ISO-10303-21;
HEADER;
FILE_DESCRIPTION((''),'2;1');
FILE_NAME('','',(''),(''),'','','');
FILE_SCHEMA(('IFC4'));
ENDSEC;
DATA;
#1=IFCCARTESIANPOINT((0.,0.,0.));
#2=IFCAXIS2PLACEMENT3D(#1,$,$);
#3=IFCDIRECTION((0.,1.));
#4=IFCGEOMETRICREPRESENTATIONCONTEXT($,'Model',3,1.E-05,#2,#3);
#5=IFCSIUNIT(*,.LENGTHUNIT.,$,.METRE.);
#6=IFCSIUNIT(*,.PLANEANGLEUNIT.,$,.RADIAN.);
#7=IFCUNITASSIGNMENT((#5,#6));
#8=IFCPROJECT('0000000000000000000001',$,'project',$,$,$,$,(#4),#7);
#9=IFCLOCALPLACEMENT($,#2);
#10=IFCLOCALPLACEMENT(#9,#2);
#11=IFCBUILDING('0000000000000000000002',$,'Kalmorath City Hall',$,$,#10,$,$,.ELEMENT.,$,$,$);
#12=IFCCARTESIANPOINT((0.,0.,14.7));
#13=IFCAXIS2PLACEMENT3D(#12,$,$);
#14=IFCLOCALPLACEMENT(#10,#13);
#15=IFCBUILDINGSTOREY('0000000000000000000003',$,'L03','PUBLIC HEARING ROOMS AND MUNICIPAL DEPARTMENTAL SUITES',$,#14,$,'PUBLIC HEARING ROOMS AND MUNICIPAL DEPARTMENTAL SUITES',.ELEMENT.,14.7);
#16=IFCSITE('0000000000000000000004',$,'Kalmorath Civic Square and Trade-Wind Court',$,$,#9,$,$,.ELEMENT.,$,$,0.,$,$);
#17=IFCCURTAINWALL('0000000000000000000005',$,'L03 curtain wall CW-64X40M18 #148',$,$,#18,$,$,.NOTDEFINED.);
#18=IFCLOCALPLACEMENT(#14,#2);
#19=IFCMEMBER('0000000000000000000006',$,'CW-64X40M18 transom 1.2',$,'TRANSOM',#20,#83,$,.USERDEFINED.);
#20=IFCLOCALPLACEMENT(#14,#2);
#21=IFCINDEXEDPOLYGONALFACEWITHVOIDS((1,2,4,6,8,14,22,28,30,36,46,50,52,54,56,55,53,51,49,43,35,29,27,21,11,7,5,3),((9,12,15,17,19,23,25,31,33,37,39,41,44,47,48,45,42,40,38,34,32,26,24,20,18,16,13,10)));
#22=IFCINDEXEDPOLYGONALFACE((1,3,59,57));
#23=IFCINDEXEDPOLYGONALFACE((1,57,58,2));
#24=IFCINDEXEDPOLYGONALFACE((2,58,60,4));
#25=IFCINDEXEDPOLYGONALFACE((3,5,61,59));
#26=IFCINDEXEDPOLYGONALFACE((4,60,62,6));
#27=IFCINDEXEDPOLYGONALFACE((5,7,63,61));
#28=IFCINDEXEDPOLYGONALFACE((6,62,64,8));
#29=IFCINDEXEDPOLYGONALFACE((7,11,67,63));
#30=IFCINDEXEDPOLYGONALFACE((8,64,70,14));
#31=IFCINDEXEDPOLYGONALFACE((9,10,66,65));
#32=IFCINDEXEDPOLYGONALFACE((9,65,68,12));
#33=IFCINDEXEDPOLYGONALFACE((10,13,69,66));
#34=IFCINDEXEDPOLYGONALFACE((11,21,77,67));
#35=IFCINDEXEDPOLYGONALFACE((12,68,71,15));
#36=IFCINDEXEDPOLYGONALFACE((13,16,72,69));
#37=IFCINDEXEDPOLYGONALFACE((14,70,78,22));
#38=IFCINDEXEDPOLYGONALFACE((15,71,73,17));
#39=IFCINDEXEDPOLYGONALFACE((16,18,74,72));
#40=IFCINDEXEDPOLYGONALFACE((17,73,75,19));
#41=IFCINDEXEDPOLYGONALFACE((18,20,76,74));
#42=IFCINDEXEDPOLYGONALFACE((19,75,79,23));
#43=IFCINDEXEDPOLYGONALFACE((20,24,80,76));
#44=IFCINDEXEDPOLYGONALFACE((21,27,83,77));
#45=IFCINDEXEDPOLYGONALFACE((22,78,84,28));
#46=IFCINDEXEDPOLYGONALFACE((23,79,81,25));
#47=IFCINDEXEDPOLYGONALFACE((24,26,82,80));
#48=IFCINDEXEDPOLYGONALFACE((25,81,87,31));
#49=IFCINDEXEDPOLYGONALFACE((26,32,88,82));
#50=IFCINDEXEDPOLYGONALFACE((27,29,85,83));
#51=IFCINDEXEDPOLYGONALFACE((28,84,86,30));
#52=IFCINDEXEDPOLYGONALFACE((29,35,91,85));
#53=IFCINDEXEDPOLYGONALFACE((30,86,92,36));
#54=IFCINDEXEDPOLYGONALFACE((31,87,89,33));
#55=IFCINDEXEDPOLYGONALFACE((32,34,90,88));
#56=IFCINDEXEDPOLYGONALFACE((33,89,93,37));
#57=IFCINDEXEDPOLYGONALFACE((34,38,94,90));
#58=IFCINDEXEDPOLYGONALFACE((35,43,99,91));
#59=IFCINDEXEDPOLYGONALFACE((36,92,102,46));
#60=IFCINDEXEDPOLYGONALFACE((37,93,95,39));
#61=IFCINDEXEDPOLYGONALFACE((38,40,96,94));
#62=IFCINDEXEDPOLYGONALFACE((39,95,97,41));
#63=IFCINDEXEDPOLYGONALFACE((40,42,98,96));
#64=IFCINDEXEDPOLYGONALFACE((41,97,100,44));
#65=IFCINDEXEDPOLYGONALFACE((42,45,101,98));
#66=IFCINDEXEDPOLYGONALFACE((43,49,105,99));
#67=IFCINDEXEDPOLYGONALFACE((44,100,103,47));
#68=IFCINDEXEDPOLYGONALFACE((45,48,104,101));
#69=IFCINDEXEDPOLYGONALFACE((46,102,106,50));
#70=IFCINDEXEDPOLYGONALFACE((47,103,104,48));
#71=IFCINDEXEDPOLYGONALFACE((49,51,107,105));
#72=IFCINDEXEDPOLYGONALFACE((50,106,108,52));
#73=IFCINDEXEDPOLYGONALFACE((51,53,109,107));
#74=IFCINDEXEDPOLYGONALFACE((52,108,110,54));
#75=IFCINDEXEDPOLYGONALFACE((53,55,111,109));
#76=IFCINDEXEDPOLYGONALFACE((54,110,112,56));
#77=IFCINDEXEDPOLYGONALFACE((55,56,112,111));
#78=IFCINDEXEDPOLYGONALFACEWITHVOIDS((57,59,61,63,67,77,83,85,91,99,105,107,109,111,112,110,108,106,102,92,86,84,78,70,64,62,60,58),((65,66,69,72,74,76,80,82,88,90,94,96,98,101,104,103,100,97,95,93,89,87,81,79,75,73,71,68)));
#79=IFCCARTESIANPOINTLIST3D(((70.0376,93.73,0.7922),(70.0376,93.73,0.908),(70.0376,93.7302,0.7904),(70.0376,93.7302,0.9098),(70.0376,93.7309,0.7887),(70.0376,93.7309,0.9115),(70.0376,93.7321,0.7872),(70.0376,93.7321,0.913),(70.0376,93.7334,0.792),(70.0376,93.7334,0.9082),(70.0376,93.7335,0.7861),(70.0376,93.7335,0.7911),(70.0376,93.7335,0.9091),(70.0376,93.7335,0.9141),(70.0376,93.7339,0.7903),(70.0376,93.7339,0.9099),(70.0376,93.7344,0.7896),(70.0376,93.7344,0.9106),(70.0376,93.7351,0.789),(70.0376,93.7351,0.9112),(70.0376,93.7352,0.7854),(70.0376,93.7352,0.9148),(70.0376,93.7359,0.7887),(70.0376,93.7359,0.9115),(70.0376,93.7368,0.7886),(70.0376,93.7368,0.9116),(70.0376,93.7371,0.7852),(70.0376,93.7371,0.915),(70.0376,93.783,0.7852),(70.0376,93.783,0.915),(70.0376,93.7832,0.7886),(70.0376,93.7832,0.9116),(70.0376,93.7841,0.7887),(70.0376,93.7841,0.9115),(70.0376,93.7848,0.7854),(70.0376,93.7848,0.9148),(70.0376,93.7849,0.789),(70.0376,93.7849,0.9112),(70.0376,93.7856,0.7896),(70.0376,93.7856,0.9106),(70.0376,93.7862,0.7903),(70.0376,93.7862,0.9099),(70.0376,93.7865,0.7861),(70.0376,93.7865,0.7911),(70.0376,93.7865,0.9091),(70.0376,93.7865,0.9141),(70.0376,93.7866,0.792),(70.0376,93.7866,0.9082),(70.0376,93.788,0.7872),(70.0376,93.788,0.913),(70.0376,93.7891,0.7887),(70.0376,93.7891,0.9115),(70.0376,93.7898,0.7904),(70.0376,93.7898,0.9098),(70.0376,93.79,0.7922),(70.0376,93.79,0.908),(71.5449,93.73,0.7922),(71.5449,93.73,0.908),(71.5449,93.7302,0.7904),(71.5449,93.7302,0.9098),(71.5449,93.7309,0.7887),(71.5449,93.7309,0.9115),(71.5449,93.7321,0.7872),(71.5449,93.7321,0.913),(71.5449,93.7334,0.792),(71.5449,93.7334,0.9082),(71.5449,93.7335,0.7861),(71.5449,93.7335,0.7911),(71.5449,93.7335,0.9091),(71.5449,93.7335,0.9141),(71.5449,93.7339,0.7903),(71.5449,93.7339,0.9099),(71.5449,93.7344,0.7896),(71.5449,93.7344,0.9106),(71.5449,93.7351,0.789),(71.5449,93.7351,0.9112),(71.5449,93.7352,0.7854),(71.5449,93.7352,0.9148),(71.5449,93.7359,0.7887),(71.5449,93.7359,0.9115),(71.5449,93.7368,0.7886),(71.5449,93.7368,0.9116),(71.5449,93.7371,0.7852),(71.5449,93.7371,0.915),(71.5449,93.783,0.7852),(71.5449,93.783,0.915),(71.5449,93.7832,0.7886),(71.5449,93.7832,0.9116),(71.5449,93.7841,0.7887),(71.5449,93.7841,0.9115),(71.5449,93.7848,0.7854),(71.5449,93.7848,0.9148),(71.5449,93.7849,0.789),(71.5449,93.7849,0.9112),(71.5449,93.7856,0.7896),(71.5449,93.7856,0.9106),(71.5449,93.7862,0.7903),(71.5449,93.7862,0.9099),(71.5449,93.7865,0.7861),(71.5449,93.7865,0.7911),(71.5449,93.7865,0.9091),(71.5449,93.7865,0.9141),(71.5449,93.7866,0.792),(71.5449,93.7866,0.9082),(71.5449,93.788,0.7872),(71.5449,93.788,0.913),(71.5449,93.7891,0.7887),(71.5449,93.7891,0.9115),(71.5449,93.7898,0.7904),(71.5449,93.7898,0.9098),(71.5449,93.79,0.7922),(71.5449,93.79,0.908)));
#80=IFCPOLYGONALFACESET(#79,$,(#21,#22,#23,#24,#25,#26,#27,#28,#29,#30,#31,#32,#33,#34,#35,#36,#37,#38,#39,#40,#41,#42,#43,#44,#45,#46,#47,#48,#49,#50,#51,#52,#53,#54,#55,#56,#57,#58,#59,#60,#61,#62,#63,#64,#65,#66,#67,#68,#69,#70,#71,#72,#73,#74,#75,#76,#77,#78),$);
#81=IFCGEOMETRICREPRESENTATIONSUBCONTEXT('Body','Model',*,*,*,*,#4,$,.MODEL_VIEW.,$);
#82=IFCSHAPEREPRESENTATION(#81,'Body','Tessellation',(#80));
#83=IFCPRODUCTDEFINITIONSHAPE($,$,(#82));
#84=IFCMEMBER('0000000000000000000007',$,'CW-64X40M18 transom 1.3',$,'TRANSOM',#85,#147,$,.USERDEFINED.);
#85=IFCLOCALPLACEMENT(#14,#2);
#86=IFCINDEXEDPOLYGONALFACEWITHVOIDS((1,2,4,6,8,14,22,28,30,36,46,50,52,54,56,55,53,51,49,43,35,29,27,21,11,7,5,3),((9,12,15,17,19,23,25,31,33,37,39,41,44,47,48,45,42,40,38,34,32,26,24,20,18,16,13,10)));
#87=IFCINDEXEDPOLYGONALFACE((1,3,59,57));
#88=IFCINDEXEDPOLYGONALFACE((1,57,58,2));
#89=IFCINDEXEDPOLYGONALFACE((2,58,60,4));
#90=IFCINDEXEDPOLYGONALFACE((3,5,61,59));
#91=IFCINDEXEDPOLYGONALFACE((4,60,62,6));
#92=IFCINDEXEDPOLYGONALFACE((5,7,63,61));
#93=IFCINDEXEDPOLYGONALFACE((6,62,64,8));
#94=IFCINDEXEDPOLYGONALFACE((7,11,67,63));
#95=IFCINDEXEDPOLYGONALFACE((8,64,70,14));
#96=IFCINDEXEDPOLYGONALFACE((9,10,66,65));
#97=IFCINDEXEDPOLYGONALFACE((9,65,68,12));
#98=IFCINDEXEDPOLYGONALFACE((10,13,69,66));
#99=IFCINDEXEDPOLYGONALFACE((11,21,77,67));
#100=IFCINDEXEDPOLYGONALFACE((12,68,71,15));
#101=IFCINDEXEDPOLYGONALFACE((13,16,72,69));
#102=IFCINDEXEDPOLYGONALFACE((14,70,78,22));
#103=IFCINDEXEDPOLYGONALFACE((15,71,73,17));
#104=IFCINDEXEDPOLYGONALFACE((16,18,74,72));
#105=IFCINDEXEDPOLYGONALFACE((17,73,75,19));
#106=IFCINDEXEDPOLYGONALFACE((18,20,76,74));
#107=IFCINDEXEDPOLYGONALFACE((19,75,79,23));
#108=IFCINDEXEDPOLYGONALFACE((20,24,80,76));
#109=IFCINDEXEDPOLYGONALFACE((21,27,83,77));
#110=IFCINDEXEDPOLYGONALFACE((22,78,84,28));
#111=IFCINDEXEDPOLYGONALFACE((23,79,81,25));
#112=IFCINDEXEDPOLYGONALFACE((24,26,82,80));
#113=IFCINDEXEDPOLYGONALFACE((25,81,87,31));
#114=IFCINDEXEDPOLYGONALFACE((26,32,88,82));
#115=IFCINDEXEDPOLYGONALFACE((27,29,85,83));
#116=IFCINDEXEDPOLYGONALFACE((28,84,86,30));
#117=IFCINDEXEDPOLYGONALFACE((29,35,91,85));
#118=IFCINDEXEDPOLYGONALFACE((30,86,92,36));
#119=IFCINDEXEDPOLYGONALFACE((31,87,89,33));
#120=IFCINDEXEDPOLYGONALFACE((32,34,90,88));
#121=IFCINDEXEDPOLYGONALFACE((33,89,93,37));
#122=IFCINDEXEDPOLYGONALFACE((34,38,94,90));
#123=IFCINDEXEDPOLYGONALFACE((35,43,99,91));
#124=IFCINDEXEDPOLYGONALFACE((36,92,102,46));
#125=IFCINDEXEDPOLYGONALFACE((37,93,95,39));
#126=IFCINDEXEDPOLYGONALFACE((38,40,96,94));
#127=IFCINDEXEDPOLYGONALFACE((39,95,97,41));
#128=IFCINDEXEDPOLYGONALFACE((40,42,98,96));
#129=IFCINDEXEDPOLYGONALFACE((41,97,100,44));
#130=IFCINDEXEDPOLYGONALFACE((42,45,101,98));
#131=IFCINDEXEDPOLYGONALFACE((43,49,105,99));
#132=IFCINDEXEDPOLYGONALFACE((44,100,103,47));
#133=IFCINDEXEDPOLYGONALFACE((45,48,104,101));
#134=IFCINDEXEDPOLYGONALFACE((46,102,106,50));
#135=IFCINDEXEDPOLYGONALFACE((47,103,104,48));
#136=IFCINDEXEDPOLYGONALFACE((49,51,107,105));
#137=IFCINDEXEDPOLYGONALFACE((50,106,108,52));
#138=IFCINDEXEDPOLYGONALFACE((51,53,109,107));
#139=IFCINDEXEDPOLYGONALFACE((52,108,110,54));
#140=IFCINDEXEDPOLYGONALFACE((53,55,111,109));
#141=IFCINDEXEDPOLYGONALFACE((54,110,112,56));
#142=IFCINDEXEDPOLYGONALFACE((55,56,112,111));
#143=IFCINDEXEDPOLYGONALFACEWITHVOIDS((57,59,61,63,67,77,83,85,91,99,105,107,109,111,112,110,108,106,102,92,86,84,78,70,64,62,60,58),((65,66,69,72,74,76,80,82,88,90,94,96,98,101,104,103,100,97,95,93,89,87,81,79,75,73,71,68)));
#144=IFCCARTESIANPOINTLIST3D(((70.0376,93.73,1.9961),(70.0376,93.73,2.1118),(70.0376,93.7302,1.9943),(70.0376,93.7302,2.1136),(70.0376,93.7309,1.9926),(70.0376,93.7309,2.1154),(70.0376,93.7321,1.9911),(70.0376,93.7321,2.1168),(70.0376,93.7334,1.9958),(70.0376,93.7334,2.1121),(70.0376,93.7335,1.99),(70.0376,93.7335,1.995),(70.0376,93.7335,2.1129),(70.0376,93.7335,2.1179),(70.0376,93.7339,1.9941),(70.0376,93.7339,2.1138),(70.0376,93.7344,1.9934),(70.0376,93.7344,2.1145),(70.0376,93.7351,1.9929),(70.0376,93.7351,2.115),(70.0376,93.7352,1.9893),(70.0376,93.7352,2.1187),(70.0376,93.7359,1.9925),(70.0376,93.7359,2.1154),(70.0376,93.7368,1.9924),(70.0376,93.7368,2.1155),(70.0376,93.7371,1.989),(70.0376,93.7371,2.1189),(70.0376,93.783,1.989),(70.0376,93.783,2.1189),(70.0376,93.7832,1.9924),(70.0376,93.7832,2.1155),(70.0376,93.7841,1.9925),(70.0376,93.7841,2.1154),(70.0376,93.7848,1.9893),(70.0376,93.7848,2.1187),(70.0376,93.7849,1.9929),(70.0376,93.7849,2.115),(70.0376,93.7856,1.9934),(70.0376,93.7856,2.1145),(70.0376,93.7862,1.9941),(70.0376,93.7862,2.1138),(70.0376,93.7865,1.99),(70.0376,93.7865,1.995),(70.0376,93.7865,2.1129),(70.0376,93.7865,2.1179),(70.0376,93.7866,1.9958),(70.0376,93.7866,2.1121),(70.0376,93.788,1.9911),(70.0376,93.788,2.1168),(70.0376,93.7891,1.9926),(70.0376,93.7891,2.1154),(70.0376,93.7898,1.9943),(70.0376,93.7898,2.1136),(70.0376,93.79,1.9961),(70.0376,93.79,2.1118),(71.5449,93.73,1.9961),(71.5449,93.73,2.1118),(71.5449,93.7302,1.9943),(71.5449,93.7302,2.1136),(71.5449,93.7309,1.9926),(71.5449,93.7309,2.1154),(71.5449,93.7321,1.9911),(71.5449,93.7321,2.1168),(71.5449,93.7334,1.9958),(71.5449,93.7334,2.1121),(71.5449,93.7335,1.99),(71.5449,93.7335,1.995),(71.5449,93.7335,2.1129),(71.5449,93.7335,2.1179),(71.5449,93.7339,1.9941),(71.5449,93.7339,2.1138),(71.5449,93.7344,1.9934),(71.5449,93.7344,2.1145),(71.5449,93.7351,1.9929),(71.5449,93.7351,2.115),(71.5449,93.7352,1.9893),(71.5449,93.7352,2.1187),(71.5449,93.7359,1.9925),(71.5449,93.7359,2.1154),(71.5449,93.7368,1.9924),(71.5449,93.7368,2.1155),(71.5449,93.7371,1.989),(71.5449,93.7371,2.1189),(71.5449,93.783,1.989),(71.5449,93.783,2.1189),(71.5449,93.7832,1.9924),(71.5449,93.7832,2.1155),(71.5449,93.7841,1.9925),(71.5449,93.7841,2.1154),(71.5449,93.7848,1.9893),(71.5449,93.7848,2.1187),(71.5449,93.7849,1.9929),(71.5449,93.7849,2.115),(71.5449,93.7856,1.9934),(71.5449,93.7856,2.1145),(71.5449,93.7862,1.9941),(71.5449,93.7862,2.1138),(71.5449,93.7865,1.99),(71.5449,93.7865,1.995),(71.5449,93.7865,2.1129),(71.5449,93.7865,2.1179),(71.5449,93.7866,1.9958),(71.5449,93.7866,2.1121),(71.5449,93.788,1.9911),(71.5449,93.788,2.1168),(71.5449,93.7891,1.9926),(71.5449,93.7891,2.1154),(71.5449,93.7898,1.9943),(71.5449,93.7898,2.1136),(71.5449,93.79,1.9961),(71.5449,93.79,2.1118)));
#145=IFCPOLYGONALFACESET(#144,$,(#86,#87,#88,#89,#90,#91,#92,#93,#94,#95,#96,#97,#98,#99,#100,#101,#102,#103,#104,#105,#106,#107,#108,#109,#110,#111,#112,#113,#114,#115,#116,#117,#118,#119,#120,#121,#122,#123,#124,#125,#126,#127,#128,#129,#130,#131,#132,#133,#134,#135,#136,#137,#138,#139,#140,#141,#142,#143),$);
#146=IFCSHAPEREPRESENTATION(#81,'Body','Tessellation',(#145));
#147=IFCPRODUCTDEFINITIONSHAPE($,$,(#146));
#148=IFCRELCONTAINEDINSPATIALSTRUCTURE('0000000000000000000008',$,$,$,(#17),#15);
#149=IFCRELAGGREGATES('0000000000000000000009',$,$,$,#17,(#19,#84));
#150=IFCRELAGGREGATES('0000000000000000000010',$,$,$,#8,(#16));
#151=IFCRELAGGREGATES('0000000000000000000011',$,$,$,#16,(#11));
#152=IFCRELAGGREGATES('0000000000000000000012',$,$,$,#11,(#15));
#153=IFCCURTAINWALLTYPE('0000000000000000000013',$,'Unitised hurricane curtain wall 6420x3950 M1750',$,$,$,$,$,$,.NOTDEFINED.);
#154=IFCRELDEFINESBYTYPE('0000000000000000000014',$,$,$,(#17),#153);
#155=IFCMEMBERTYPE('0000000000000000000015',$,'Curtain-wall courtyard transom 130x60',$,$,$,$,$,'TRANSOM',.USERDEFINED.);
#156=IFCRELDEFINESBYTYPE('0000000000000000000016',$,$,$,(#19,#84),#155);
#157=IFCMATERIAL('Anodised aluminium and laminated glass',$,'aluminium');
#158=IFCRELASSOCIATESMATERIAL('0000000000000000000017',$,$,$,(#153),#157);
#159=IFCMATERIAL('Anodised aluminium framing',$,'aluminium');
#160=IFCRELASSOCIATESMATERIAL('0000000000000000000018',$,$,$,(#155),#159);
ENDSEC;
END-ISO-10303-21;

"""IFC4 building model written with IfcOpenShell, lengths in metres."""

from ifc_helpers import new_model, si_unit, direction, frame, origin, origin_2d, place, context, subcontext, project, spatial, hollow_rectangle, extrude, material, material_profile, profile_set, type_object, element, aggregate, save


model = new_model("IFC4")

# Units and contexts
model_context = context("Model", 3, precision=1e-05, world=origin(), true_north=direction((0.0, 1.0)))
body_context = subcontext(model_context, "Body", "Model", "MODEL_VIEW")
ifc_project = project(units=[si_unit("LENGTHUNIT", "METRE"), si_unit("PLANEANGLEUNIT", "RADIAN")], contexts=[model_context])

# Site, building, storey
site_placement = place(None, origin())
site = spatial("IfcSite", under=ifc_project, at=site_placement, Name="Kalmorath Civic Square and Trade-Wind Court", CompositionType="ELEMENT", RefElevation=0.0)
building_placement = place(site_placement, origin())
building = spatial("IfcBuilding", under=site, at=building_placement, Name="Kalmorath City Hall", CompositionType="ELEMENT")
storey_placement = place(building_placement, frame((0.0, 0.0, 14.7)))
storey = spatial("IfcBuildingStorey", under=building, at=storey_placement, Name="L03", Description="PUBLIC HEARING ROOMS AND MUNICIPAL DEPARTMENTAL SUITES", LongName="PUBLIC HEARING ROOMS AND MUNICIPAL DEPARTMENTAL SUITES", CompositionType="ELEMENT", Elevation=14.7)

# Curtain wall
ifc_material_1 = material(Name="Anodised aluminium and laminated glass", Category="aluminium")
curtain_wall_type_1 = type_object("IfcCurtainWallType", Name="Unitised hurricane curtain wall 6420x3950 M1750", PredefinedType="NOTDEFINED", material=ifc_material_1)
curtain_wall_1_placement = place(storey_placement, origin())
curtain_wall_1 = element("IfcCurtainWall", 1, at=curtain_wall_1_placement, inside=storey, type_object=curtain_wall_type_1, Name="L03 curtain wall CW-64X40M18 #148", PredefinedType="NOTDEFINED")

# Members
ifc_material_2 = material(Name="Anodised aluminium framing", Category="aluminium")
ifc_material_profile_1 = material_profile(ifc_material_2, hollow_rectangle(XDim=0.0601, YDim=0.1299, WallThickness=0.0034, InnerFilletRadius=0.0034, OuterFilletRadius=0.0071, at=origin_2d()), Name="ALU-TRN-130X60X3.5")
ifc_profile_set_1 = profile_set([ifc_material_profile_1], Name="Anodised aluminium framing")
member_type_1 = type_object("IfcMemberType", Name="Curtain-wall courtyard transom 130x60", ElementType="TRANSOM", PredefinedType="USERDEFINED", material=ifc_profile_set_1)
member_1_placement = place(storey_placement, frame((71.5449, 93.76, 0.8501), z_axis=(-1.0, 0.0, 0.0), x_axis=(0.0, -1.0, 0.0)))
member_1 = element("IfcMember", 2, at=member_1_placement, type_object=member_type_1, Name="CW-64X40M18 transom 1.2", ObjectType="TRANSOM", PredefinedType="USERDEFINED", context=body_context, shape_type="SweptSolid", body=[
    extrude(hollow_rectangle(XDim=0.0601, YDim=0.1299, WallThickness=0.0034, InnerFilletRadius=0.0034, OuterFilletRadius=0.0071, at=origin_2d()), origin(), (0.0, 0.0, 1.0), 1.5073),
])
member_2_placement = place(storey_placement, frame((71.5449, 93.76, 2.054), z_axis=(-1.0, 0.0, 0.0), x_axis=(0.0, -1.0, 0.0)))
member_2 = element("IfcMember", 3, at=member_2_placement, type_object=member_type_1, Name="CW-64X40M18 transom 1.3", ObjectType="TRANSOM", PredefinedType="USERDEFINED", context=body_context, shape_type="SweptSolid", body=[
    extrude(hollow_rectangle(XDim=0.0601, YDim=0.1299, WallThickness=0.0034, InnerFilletRadius=0.0034, OuterFilletRadius=0.0071, at=origin_2d()), origin(), (0.0, 0.0, 1.0), 1.5073),
])
aggregate(curtain_wall_1, [member_1, member_2])

save(model, "model.ifc")
